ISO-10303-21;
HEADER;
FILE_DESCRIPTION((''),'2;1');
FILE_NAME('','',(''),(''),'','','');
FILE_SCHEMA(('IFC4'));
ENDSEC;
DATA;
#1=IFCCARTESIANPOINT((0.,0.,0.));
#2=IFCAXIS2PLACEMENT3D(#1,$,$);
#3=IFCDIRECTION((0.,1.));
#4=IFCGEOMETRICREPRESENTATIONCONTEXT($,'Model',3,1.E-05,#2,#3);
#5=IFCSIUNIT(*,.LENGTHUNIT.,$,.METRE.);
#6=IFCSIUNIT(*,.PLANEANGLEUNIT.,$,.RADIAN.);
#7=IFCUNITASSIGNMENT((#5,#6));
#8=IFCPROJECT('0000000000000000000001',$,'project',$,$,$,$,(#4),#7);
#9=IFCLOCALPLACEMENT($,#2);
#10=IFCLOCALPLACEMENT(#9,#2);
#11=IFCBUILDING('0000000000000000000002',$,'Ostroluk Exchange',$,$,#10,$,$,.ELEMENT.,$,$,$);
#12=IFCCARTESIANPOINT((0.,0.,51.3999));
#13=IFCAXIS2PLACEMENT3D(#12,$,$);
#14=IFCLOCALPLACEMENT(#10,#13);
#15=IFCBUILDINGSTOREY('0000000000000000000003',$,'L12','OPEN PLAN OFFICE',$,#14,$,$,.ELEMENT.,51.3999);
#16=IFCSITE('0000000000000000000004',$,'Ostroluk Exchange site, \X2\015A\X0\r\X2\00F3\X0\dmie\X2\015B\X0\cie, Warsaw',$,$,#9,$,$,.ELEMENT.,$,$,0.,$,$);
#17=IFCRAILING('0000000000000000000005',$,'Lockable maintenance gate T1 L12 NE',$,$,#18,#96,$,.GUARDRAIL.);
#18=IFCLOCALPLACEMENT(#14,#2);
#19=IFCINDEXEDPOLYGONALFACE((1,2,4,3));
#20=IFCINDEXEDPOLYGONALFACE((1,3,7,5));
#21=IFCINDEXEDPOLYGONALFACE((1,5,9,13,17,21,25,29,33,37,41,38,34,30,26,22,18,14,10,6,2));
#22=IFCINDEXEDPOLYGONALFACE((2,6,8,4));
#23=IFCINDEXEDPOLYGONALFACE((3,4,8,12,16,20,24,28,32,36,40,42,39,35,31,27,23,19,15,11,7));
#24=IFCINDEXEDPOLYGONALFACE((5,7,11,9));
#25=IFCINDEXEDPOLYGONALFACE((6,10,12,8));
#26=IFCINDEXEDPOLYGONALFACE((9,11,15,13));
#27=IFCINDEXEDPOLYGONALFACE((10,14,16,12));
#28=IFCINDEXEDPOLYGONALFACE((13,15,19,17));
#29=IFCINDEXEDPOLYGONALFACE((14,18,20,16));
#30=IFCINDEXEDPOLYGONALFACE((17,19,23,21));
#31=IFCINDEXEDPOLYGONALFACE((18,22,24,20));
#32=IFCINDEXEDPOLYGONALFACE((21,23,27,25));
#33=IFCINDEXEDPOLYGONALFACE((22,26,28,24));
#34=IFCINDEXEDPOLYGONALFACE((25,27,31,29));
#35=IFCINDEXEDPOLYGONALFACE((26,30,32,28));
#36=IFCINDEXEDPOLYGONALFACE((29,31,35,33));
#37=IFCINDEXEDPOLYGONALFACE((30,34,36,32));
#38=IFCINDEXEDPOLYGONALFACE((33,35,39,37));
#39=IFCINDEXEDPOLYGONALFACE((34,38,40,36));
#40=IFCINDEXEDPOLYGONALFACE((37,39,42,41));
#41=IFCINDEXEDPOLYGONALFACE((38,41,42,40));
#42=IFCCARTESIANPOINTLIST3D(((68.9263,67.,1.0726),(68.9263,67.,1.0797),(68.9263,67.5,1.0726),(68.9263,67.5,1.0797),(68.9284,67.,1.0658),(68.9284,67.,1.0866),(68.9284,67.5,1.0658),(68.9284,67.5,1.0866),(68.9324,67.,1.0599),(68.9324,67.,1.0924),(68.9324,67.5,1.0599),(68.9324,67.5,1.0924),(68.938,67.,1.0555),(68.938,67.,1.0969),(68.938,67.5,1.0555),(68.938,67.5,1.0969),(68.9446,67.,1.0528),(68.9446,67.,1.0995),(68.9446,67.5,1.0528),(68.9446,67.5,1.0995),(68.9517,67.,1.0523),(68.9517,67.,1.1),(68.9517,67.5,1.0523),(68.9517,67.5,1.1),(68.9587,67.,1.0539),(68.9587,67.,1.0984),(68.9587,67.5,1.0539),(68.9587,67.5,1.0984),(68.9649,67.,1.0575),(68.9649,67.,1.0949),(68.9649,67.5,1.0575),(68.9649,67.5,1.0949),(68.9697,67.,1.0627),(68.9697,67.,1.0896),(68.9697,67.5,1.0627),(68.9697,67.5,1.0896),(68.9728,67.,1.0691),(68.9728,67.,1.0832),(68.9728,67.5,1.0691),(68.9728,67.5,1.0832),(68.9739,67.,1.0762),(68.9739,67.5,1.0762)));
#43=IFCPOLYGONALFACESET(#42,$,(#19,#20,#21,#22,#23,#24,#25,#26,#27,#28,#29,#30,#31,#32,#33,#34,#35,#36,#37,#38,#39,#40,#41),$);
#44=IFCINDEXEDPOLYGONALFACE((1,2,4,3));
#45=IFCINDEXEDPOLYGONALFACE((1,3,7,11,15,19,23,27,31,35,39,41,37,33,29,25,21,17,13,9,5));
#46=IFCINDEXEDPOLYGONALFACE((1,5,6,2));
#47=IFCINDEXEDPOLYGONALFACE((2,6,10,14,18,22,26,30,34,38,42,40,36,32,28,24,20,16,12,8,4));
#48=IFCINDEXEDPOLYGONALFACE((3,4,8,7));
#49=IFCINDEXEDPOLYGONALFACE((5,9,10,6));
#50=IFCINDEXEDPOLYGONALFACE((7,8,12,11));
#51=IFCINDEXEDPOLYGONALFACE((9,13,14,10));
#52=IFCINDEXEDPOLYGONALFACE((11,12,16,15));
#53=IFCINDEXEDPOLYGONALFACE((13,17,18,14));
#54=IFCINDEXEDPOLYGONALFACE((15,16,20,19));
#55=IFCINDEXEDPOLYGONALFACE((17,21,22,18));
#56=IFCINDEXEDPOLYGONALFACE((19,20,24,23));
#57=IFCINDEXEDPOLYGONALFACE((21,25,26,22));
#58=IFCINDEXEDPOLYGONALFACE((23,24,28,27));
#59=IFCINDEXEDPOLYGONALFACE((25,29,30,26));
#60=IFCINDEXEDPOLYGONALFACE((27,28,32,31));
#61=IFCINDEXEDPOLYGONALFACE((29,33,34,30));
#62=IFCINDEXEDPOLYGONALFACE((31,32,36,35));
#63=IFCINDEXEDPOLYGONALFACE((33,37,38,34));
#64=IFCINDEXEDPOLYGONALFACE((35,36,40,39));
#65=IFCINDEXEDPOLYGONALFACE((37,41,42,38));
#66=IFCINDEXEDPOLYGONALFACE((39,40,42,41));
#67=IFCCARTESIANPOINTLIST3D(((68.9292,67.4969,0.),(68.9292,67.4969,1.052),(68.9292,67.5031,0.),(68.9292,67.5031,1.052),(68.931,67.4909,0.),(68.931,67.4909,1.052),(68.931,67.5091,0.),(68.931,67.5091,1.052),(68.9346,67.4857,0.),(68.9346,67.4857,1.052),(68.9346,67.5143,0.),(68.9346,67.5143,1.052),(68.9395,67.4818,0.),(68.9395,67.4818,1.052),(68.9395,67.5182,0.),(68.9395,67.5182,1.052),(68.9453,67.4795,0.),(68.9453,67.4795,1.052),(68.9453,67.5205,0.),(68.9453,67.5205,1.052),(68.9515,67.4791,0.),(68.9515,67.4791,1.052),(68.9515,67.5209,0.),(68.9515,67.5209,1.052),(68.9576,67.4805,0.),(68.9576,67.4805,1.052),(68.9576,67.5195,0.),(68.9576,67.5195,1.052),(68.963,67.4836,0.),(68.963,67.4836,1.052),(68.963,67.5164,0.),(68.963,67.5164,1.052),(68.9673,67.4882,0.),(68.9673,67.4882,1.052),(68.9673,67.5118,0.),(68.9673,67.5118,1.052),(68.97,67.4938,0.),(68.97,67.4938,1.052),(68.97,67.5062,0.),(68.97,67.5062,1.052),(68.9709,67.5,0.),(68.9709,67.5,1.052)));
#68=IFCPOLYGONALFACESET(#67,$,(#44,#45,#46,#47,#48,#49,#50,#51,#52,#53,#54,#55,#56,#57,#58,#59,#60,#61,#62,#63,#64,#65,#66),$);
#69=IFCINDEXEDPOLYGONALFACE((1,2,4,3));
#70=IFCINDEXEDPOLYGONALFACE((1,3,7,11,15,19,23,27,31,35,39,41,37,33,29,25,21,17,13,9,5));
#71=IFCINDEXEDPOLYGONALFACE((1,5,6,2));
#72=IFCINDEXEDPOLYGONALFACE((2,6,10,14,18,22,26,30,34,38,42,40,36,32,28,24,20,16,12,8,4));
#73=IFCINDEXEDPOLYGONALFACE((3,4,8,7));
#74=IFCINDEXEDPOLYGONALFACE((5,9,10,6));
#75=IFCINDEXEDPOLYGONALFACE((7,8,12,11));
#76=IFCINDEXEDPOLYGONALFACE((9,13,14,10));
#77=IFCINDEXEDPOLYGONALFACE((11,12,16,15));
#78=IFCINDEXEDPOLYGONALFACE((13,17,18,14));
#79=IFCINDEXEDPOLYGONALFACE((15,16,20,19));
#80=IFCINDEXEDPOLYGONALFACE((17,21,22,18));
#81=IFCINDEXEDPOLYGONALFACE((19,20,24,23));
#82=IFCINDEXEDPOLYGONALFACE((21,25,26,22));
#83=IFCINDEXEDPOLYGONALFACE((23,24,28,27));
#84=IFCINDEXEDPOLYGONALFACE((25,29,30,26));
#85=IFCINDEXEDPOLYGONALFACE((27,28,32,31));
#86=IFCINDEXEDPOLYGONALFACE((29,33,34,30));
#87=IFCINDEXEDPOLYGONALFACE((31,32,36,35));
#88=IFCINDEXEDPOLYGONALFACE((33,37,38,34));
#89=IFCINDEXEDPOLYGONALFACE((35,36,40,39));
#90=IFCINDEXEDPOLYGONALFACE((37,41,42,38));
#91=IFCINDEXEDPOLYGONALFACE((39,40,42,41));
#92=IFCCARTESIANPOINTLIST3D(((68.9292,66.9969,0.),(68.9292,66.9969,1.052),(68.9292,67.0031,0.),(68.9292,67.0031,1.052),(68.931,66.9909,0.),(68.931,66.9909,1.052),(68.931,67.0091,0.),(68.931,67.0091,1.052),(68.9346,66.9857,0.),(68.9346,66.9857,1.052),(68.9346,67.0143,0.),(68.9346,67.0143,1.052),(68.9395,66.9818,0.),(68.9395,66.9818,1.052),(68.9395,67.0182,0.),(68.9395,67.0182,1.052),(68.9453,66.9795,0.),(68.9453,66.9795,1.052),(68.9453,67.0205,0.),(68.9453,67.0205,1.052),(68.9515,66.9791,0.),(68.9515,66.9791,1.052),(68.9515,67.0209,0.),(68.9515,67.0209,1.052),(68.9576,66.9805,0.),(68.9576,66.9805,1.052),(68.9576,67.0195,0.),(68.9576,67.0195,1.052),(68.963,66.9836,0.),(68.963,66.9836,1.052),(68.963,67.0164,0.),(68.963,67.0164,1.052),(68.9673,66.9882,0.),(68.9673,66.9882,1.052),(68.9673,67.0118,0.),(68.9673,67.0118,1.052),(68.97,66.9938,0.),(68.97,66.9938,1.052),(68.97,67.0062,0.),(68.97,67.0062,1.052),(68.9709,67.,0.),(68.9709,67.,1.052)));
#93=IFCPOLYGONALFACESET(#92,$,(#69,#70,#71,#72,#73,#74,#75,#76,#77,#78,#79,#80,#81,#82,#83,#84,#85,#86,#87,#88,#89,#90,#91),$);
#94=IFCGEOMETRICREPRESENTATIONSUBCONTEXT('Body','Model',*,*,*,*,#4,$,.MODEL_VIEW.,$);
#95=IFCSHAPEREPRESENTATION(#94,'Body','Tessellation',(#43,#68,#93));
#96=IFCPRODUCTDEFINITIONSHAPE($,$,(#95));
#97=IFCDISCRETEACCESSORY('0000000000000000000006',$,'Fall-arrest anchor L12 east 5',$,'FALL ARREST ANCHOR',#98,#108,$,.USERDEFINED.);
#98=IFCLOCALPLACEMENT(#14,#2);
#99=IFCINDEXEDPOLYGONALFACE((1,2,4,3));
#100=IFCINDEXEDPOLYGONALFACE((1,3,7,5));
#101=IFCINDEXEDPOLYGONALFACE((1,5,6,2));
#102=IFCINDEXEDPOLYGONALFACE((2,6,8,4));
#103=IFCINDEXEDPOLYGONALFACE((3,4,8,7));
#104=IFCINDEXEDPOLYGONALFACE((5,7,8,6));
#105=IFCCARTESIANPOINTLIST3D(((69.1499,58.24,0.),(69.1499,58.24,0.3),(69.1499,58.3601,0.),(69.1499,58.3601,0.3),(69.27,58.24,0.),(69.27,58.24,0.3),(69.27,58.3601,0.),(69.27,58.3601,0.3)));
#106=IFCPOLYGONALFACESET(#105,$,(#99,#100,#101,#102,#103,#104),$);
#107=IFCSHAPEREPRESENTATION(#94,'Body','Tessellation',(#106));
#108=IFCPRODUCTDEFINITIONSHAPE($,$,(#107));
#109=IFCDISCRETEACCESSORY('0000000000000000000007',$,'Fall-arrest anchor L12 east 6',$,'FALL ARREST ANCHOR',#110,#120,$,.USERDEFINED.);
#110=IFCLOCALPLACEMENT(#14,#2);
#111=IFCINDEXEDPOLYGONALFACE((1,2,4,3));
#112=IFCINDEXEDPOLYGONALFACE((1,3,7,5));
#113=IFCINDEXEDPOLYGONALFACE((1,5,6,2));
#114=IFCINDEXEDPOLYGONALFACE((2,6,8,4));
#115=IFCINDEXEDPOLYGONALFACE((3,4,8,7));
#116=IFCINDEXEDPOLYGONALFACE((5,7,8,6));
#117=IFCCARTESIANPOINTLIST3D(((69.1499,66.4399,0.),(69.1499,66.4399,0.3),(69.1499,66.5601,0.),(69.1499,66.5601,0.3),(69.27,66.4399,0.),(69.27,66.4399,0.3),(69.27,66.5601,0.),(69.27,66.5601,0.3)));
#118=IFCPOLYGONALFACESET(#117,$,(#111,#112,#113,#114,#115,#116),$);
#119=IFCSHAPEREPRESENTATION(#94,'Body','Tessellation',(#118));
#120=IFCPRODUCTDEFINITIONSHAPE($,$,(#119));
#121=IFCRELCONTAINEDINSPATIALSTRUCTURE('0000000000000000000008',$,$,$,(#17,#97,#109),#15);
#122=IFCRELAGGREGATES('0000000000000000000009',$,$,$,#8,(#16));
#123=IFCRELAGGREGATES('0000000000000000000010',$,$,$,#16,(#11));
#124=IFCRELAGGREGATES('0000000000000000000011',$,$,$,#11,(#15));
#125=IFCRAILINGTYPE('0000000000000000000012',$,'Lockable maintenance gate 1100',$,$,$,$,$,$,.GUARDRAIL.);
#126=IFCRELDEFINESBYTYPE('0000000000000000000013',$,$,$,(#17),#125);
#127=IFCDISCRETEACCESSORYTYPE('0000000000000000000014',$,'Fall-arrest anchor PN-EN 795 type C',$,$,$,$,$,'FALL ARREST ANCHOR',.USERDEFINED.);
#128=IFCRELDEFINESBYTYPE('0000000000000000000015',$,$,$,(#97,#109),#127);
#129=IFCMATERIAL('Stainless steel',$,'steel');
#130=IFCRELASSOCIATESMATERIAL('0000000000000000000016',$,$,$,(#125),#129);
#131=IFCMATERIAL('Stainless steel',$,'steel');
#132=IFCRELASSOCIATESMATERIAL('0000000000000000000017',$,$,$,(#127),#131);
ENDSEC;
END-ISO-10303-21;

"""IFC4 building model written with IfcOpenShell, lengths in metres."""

from ifc_helpers import new_model, si_unit, direction, frame, origin, origin_2d, place, context, subcontext, project, spatial, rectangle, circle, extrude, material, type_object, element, save


model = new_model("IFC4")

# Units and contexts
model_context = context("Model", 3, precision=1e-05, world=origin(), true_north=direction((0.0, 1.0)))
body_context = subcontext(model_context, "Body", "Model", "MODEL_VIEW")
ifc_project = project(units=[si_unit("LENGTHUNIT", "METRE"), si_unit("PLANEANGLEUNIT", "RADIAN")], contexts=[model_context])

# Site, building, storey
site_placement = place(None, origin())
site = spatial("IfcSite", under=ifc_project, at=site_placement, Name="Ostroluk Exchange site, Śródmieście, Warsaw", CompositionType="ELEMENT", RefElevation=0.0)
building_placement = place(site_placement, origin())
building = spatial("IfcBuilding", under=site, at=building_placement, Name="Ostroluk Exchange", CompositionType="ELEMENT")
storey_placement = place(building_placement, frame((0.0, 0.0, 51.3999)))
storey = spatial("IfcBuildingStorey", under=building, at=storey_placement, Name="L12", Description="OPEN PLAN OFFICE", CompositionType="ELEMENT", Elevation=51.3999)

# Railing
ifc_material_1 = material(Name="Stainless steel", Category="steel")
railing_type = type_object("IfcRailingType", Name="Lockable maintenance gate 1100", PredefinedType="GUARDRAIL", material=ifc_material_1)
railing_placement = place(storey_placement, frame((68.95, 67.5, 0.0)))
element("IfcRailing", 1, at=railing_placement, inside=storey, type_object=railing_type, Name="Lockable maintenance gate T1 L12 NE", PredefinedType="GUARDRAIL", context=body_context, shape_type="SweptSolid", body=[
    extrude(circle(Radius=0.0239, at=origin_2d()), frame((0.0, 0.0, 1.0762), z_axis=(0.0, -1.0, 0.0), x_axis=(1.0, 0.0, 0.0)), (0.0, 0.0, 1.0), 0.5),
    extrude(circle(Radius=0.021, at=origin_2d()), origin(), (0.0, 0.0, 1.0), 1.052),
    extrude(circle(Radius=0.021, at=origin_2d()), frame((0.0, -0.5, 0.0)), (0.0, 0.0, 1.0), 1.052),
])

# Discrete accessories
ifc_material_2 = material(Name="Stainless steel", Category="steel")
discrete_accessory_type = type_object("IfcDiscreteAccessoryType", Name="Fall-arrest anchor PN-EN 795 type C", ElementType="FALL ARREST ANCHOR", PredefinedType="USERDEFINED", material=ifc_material_2)
for number, where, z_axis, x_axis, name in (
    (2, (69.21, 58.3, 0.0), (0.0, 0.0, 1.0), (1.0, 0.0, 0.0), "Fall-arrest anchor L12 east 5"),
    (3, (69.21, 66.5, 0.0), (0.0, 0.0, 1.0), (1.0, 0.0, 0.0), "Fall-arrest anchor L12 east 6"),
):
    element("IfcDiscreteAccessory", number, at=place(storey_placement, frame(where, z_axis=z_axis, x_axis=x_axis)), inside=storey, type_object=discrete_accessory_type, Name=name, ObjectType="FALL ARREST ANCHOR", PredefinedType="USERDEFINED", context=body_context, shape_type="SweptSolid", body=[
        extrude(rectangle(XDim=0.1201, YDim=0.1201, at=origin_2d()), origin(), (0.0, 0.0, 1.0), 0.3),
    ])

save(model, "model.ifc")
